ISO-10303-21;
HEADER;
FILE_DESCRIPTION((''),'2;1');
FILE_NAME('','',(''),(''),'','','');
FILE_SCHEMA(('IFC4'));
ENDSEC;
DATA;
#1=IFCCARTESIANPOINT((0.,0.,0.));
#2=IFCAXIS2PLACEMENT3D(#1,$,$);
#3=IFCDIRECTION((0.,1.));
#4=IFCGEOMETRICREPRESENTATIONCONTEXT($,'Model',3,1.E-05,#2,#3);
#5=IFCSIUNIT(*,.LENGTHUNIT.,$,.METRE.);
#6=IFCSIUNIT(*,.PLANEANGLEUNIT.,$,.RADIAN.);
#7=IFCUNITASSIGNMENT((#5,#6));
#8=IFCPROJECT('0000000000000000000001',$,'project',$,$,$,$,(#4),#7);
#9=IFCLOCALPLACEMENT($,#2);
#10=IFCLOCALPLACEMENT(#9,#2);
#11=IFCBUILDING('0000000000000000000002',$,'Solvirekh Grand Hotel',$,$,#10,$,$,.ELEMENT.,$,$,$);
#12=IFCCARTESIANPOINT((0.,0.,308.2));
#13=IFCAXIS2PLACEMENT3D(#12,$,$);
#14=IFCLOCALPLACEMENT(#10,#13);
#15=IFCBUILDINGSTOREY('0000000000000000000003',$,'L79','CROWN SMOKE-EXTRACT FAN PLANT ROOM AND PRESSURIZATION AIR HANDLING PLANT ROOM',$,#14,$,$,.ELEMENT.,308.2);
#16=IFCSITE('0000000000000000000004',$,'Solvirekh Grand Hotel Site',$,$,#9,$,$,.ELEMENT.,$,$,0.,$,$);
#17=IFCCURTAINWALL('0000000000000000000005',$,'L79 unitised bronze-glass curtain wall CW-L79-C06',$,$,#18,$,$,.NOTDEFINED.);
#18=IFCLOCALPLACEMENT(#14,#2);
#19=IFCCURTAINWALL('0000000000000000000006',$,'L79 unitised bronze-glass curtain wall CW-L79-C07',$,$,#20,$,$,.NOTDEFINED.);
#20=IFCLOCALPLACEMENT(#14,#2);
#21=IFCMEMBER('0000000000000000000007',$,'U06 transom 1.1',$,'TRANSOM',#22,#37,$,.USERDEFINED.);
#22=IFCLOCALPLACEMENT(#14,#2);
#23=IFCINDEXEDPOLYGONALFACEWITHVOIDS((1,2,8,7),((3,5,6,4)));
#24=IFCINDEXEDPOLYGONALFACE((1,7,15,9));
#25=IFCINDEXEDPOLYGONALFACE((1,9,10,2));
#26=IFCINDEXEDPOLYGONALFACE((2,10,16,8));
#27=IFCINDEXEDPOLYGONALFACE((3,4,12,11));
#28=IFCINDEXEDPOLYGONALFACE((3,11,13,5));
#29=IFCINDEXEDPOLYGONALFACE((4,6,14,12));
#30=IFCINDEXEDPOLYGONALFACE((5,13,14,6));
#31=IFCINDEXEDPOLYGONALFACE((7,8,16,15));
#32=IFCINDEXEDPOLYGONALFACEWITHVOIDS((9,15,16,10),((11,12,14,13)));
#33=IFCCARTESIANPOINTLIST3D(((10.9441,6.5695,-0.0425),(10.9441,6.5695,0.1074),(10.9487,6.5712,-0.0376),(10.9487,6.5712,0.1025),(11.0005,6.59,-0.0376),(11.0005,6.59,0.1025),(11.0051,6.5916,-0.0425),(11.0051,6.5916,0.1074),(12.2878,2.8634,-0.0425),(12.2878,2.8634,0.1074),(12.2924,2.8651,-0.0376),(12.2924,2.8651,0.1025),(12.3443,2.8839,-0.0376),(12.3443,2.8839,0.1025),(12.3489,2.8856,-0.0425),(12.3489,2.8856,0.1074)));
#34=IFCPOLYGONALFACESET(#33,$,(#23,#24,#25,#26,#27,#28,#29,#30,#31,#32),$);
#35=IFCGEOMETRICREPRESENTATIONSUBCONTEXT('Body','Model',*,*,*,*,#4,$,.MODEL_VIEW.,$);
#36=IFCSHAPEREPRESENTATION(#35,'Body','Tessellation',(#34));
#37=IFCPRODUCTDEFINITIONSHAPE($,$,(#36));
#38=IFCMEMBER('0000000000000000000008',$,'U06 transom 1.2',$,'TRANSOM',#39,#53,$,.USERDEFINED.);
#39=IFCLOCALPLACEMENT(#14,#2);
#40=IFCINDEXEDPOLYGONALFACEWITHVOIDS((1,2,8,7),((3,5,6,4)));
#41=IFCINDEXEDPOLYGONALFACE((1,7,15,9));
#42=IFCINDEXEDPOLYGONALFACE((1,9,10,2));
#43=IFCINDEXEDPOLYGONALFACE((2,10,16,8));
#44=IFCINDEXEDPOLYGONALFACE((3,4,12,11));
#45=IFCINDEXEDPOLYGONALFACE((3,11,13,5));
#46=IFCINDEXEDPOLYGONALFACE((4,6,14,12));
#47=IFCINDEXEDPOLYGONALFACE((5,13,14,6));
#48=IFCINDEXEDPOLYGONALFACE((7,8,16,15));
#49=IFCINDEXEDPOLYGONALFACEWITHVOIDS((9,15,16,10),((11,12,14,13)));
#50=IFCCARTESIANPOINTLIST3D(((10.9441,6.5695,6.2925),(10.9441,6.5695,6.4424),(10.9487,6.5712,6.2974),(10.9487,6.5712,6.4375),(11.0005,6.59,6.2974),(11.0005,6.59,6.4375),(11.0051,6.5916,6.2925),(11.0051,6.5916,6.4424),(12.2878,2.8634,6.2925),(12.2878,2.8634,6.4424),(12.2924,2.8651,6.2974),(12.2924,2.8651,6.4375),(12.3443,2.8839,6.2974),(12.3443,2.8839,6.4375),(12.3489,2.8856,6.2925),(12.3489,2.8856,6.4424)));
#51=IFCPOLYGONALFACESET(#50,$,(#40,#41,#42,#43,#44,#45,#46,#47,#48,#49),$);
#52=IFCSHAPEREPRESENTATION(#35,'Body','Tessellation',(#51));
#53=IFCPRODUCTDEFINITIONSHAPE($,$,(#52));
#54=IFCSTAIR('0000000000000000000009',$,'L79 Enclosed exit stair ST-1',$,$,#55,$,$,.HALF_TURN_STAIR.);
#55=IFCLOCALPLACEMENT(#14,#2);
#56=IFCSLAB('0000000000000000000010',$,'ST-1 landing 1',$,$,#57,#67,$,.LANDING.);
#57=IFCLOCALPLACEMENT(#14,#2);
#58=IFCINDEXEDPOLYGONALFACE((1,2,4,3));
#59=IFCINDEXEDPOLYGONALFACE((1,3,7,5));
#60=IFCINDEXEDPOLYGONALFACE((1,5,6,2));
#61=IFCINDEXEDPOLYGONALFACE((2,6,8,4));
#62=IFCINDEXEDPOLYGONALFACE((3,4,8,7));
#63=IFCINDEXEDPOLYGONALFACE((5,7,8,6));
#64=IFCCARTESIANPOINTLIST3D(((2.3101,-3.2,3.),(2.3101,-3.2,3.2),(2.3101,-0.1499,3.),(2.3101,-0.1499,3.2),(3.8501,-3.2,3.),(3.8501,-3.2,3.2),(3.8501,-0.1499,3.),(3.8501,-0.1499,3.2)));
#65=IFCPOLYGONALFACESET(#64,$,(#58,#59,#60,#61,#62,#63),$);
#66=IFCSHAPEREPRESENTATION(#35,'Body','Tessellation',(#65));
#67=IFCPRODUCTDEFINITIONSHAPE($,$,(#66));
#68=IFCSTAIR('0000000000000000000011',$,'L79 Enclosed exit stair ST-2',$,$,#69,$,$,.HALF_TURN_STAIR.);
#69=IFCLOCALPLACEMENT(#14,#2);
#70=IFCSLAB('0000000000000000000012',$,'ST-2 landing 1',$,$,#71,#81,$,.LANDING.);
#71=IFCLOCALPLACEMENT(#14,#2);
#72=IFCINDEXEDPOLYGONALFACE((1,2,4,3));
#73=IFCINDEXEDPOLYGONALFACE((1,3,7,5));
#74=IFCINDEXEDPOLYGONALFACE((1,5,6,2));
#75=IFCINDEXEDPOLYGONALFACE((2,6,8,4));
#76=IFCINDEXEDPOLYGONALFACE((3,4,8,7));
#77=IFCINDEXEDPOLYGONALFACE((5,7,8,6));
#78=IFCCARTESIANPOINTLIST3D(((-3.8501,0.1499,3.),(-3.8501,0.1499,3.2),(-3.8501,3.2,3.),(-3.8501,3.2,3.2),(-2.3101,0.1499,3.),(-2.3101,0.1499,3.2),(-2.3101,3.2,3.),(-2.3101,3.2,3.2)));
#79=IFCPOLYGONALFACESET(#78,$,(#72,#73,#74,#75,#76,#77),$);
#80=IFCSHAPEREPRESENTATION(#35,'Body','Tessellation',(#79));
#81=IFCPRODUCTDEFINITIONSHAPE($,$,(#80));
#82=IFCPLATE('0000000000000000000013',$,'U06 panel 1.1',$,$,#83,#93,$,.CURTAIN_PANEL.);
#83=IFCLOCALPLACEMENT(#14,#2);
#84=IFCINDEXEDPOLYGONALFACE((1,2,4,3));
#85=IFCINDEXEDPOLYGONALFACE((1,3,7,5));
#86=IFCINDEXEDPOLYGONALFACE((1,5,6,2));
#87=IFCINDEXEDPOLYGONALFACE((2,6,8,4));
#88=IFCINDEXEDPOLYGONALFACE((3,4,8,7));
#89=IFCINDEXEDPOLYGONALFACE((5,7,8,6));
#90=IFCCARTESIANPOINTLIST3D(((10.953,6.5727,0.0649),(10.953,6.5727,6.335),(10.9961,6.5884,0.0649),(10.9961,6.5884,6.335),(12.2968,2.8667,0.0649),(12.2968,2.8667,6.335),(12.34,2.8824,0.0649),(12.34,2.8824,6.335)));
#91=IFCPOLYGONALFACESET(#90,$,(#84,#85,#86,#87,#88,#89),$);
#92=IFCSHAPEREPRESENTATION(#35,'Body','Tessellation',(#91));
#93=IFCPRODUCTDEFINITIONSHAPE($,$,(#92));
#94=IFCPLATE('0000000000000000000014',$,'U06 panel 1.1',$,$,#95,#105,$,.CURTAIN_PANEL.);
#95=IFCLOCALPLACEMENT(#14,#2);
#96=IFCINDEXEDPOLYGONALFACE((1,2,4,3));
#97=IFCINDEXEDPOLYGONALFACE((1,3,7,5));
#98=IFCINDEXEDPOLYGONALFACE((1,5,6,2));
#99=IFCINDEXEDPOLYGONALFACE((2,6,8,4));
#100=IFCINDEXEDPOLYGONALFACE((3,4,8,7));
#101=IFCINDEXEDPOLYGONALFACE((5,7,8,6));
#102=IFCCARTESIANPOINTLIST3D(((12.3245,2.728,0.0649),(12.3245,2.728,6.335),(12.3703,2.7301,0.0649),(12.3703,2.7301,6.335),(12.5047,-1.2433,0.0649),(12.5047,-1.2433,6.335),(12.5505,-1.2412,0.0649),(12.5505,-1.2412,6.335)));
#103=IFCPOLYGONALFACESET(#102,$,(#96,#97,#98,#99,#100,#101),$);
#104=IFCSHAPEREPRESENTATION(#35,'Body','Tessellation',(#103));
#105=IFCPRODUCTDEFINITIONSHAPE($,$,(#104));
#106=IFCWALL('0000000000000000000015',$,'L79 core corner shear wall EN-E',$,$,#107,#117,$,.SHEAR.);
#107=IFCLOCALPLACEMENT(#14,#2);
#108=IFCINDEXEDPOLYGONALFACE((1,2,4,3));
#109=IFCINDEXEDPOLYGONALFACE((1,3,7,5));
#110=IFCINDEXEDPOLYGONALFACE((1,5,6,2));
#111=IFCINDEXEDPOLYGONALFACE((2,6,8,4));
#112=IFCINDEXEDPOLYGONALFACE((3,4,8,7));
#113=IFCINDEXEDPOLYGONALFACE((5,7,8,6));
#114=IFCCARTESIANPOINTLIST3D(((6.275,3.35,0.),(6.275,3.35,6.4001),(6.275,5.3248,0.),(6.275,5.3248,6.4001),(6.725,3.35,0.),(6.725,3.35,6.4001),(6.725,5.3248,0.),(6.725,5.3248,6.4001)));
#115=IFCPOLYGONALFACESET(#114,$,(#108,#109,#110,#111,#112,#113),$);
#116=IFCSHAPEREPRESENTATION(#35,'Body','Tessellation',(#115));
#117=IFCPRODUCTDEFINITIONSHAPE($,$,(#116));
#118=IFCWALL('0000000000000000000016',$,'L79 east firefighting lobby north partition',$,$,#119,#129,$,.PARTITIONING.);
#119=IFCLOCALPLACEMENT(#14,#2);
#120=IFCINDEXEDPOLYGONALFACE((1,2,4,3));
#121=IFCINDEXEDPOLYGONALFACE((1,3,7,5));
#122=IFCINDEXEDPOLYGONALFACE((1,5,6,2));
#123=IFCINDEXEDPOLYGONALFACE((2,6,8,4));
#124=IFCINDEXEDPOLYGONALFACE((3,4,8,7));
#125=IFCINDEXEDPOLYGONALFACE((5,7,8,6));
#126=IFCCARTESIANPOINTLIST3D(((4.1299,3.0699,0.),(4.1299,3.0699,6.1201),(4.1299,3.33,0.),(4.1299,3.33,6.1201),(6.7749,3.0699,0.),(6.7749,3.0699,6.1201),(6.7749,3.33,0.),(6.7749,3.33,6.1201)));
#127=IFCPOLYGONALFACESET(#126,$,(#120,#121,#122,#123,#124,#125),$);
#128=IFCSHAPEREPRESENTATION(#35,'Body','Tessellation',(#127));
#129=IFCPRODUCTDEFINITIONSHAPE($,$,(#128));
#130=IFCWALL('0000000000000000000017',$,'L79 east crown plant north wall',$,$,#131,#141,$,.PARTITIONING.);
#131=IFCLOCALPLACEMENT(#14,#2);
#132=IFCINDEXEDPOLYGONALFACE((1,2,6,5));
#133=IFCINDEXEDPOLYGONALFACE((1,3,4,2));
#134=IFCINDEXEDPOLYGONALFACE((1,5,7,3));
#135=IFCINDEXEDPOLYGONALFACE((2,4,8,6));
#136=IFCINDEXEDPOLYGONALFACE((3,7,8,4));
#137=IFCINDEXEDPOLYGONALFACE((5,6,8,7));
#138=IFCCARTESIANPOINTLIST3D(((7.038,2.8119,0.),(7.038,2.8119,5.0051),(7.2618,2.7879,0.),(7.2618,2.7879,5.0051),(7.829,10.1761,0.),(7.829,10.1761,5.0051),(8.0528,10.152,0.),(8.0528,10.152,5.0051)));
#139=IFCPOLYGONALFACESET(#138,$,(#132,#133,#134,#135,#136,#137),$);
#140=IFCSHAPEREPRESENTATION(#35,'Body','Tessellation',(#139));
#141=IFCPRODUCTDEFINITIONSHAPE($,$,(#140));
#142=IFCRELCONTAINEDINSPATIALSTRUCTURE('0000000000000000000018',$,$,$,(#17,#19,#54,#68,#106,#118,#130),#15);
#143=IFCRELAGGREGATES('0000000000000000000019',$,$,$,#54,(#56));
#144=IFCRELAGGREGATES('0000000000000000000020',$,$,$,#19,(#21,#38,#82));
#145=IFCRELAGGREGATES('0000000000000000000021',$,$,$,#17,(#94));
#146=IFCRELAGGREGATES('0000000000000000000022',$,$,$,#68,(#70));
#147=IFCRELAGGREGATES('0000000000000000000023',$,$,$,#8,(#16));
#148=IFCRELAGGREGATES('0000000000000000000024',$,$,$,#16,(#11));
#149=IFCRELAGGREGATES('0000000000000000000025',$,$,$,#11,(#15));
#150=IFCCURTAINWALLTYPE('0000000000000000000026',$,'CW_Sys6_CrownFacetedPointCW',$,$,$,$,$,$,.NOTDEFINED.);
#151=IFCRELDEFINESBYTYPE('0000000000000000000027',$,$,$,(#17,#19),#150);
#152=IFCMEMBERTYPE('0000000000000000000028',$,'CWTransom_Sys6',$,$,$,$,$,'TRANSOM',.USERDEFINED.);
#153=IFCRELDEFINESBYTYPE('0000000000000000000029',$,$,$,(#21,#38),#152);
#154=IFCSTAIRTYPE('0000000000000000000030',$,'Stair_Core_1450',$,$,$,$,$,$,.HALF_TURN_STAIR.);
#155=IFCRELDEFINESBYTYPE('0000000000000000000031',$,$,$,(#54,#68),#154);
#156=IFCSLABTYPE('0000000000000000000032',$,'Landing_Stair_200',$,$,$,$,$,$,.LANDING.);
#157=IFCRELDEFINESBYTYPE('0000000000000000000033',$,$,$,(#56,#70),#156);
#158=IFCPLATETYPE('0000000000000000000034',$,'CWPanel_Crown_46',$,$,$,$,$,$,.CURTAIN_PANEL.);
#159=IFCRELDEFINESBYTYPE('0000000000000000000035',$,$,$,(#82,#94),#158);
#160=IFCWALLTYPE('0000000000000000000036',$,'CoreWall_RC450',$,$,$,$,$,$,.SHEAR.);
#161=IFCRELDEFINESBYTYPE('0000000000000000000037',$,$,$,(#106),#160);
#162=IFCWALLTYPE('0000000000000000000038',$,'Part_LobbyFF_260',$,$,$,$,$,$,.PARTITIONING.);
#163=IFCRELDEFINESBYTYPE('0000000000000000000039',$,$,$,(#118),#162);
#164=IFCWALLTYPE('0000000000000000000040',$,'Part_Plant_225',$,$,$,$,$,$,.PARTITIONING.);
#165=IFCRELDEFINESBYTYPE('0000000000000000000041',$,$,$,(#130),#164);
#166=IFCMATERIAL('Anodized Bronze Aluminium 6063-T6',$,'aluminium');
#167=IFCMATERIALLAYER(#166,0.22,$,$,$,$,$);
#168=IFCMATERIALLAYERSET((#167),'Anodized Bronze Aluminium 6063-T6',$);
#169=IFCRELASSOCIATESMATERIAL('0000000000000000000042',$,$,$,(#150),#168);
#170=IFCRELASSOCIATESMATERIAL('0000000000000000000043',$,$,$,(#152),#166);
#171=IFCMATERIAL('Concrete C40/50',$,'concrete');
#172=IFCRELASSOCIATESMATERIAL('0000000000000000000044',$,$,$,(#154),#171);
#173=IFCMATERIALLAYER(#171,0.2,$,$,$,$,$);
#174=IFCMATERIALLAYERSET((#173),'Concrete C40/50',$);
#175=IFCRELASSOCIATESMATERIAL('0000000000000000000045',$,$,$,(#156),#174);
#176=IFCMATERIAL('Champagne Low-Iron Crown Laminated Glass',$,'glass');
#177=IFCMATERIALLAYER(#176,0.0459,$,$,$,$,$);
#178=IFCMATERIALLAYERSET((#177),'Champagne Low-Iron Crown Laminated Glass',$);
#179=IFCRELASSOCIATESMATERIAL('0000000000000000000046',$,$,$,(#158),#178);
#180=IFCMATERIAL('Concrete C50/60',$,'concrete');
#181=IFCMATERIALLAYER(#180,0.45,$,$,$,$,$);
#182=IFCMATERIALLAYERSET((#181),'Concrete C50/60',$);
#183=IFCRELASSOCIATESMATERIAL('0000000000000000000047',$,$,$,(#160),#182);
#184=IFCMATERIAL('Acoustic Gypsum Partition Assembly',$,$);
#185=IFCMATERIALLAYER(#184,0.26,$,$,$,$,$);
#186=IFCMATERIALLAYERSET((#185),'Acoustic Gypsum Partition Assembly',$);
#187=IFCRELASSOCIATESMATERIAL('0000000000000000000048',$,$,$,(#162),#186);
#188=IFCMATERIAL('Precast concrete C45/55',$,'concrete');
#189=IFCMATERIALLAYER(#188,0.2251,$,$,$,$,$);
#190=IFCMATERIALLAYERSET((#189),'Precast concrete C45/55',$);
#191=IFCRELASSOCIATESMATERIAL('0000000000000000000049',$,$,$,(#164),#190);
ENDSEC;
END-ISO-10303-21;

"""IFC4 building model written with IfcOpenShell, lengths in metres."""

from ifc_helpers import new_model, si_unit, direction, frame, frame_2d, origin, origin_2d, place, context, subcontext, project, spatial, polyline, rectangle, hollow_rectangle, outline, extrude, source, transform, mapped, material, layer, layer_set, material_profile, profile_set, type_object, element, aggregate, save


model = new_model("IFC4")

# Units and contexts
model_context = context("Model", 3, precision=1e-05, world=origin(), true_north=direction((0.0, 1.0)))
body_context = subcontext(model_context, "Body", "Model", "MODEL_VIEW")
ifc_project = project(units=[si_unit("LENGTHUNIT", "METRE"), si_unit("PLANEANGLEUNIT", "RADIAN")], contexts=[model_context])

# Site, building, storey
site_placement = place(None, origin())
site = spatial("IfcSite", under=ifc_project, at=site_placement, Name="Solvirekh Grand Hotel Site", CompositionType="ELEMENT", RefElevation=0.0)
building_placement = place(site_placement, origin())
building = spatial("IfcBuilding", under=site, at=building_placement, Name="Solvirekh Grand Hotel", CompositionType="ELEMENT")
storey_placement = place(building_placement, frame((0.0, 0.0, 308.2)))
storey = spatial("IfcBuildingStorey", under=building, at=storey_placement, Name="L79", Description="CROWN SMOKE-EXTRACT FAN PLANT ROOM AND PRESSURIZATION AIR HANDLING PLANT ROOM", CompositionType="ELEMENT", Elevation=308.2)

# Curtain wall
ifc_material_1 = material(Name="Anodized Bronze Aluminium 6063-T6", Category="aluminium")
ifc_layer_1 = layer(ifc_material_1, 0.22)
ifc_layer_set_1 = layer_set([ifc_layer_1], Name="Anodized Bronze Aluminium 6063-T6")
curtain_wall_type = type_object("IfcCurtainWallType", Name="CW_Sys6_CrownFacetedPointCW", PredefinedType="NOTDEFINED", material=ifc_layer_set_1)
curtain_wall_1_placement = place(storey_placement, origin())
curtain_wall_1 = element("IfcCurtainWall", 1, at=curtain_wall_1_placement, inside=storey, type_object=curtain_wall_type, Name="L79 unitised bronze-glass curtain wall CW-L79-C06", PredefinedType="NOTDEFINED")

# Curtain wall, members
curtain_wall_2_placement = place(storey_placement, origin())
curtain_wall_2 = element("IfcCurtainWall", 2, at=curtain_wall_2_placement, inside=storey, type_object=curtain_wall_type, Name="L79 unitised bronze-glass curtain wall CW-L79-C07", PredefinedType="NOTDEFINED")
ifc_material_profile_1 = material_profile(ifc_material_1, hollow_rectangle(XDim=0.0649, YDim=0.1499, WallThickness=0.0049, at=origin_2d()), Name="ALU RHS 150X65X5")
ifc_profile_set_1 = profile_set([ifc_material_profile_1], Name="Anodized Bronze Aluminium 6063-T6")
member_type_1 = type_object("IfcMemberType", Name="CWTransom_Sys6", ElementType="TRANSOM", PredefinedType="USERDEFINED", material=ifc_profile_set_1)
shared_shape_1 = source(origin(), body_context, "Body", "SweptSolid", [
    extrude(hollow_rectangle(XDim=0.0649, YDim=0.1499, WallThickness=0.0049, at=origin_2d()), origin(), (0.0, 0.0, 1.0), 3.9421),
])
member_1_placement = place(storey_placement, frame((12.3184, 2.8745, 0.0325), z_axis=(-0.340868, 0.940111, 0.0), x_axis=(-0.940111, -0.340868, 0.0)))
member_1 = element("IfcMember", 3, at=member_1_placement, type_object=member_type_1, Name="U06 transom 1.1", ObjectType="TRANSOM", PredefinedType="USERDEFINED", context=body_context, shape_type="MappedRepresentation", body=[
    mapped(shared_shape_1, transform((0.0, 0.0, 0.0), x_axis=(1.0, 0.0, 0.0), y_axis=(0.0, 1.0, 0.0), z_axis=(0.0, 0.0, 1.0), scale=1.0)),
])
member_2_placement = place(storey_placement, frame((12.3184, 2.8745, 6.3674), z_axis=(-0.340868, 0.940111, 0.0), x_axis=(-0.940111, -0.340868, 0.0)))
member_2 = element("IfcMember", 4, at=member_2_placement, type_object=member_type_1, Name="U06 transom 1.2", ObjectType="TRANSOM", PredefinedType="USERDEFINED", context=body_context, shape_type="MappedRepresentation", body=[
    mapped(shared_shape_1, transform((0.0, 0.0, 0.0), x_axis=(1.0, 0.0, 0.0), y_axis=(0.0, 1.0, 0.0), z_axis=(0.0, 0.0, 1.0), scale=1.0)),
])

# Stairs, slabs
ifc_material_2 = material(Name="Concrete C40/50", Category="concrete")
stair_type = type_object("IfcStairType", Name="Stair_Core_1450", PredefinedType="HALF_TURN_STAIR", material=ifc_material_2)
stair_1_placement = place(storey_placement, origin())
stair_1 = element("IfcStair", 5, at=stair_1_placement, inside=storey, type_object=stair_type, Name="L79 Enclosed exit stair ST-1", PredefinedType="HALF_TURN_STAIR")
ifc_layer_2 = layer(ifc_material_2, 0.2)
ifc_layer_set_2 = layer_set([ifc_layer_2], Name="Concrete C40/50")
slab_type = type_object("IfcSlabType", Name="Landing_Stair_200", PredefinedType="LANDING", material=ifc_layer_set_2)
slab_1_placement = place(storey_placement, frame((0.0, 0.0, 3.0)))
slab_1 = element("IfcSlab", 6, at=slab_1_placement, type_object=slab_type, Name="ST-1 landing 1", PredefinedType="LANDING", context=body_context, shape_type="SweptSolid", body=[
    extrude(outline(polyline([(2.3101, -3.2), (3.8501, -3.2), (3.8501, -0.1499), (2.3101, -0.1499), (2.3101, -3.2)])), origin(), (0.0, 0.0, 1.0), 0.2),
])
aggregate(stair_1, [slab_1])
stair_2_placement = place(storey_placement, origin())
stair_2 = element("IfcStair", 7, at=stair_2_placement, inside=storey, type_object=stair_type, Name="L79 Enclosed exit stair ST-2", PredefinedType="HALF_TURN_STAIR")
slab_2_placement = place(storey_placement, frame((0.0, 0.0, 3.0)))
slab_2 = element("IfcSlab", 8, at=slab_2_placement, type_object=slab_type, Name="ST-2 landing 1", PredefinedType="LANDING", context=body_context, shape_type="SweptSolid", body=[
    extrude(outline(polyline([(-2.3101, 3.2), (-3.8501, 3.2), (-3.8501, 0.1499), (-2.3101, 0.1499), (-2.3101, 3.2)])), origin(), (0.0, 0.0, 1.0), 0.2),
])

# Plates
ifc_material_3 = material(Name="Champagne Low-Iron Crown Laminated Glass", Category="glass")
ifc_layer_3 = layer(ifc_material_3, 0.0459)
ifc_layer_set_3 = layer_set([ifc_layer_3], Name="Champagne Low-Iron Crown Laminated Glass")
plate_type = type_object("IfcPlateType", Name="CWPanel_Crown_46", PredefinedType="CURTAIN_PANEL", material=ifc_layer_set_3)
shared_shape_2 = source(origin(), body_context, "Body", "SweptSolid", [
    extrude(rectangle(XDim=3.9421, YDim=0.0459, at=origin_2d()), origin(), (0.0, 0.0, 1.0), 6.27),
])
plate_1_placement = place(storey_placement, frame((11.6465, 4.7275, 0.0649), z_axis=(0.0, 0.0, 1.0), x_axis=(-0.340899, 0.9401, 0.0)))
plate_1 = element("IfcPlate", 9, at=plate_1_placement, type_object=plate_type, Name="U06 panel 1.1", PredefinedType="CURTAIN_PANEL", context=body_context, shape_type="MappedRepresentation", body=[
    mapped(shared_shape_2, transform((0.0, 0.0, 0.0), x_axis=(1.0, 0.0, 0.0), y_axis=(0.0, 1.0, 0.0), z_axis=(0.0, 0.0, 1.0), scale=1.0)),
])
aggregate(curtain_wall_2, [member_1, member_2, plate_1])
shared_shape_3 = source(origin(), body_context, "Body", "SweptSolid", [
    extrude(rectangle(XDim=3.9753, YDim=0.0459, at=origin_2d()), origin(), (0.0, 0.0, 1.0), 6.27),
])
plate_2_placement = place(storey_placement, frame((12.4375, 0.7434, 0.0649), z_axis=(0.0, 0.0, 1.0), x_axis=(-0.045331, 0.998972, 0.0)))
plate_2 = element("IfcPlate", 10, at=plate_2_placement, type_object=plate_type, Name="U06 panel 1.1", PredefinedType="CURTAIN_PANEL", context=body_context, shape_type="MappedRepresentation", body=[
    mapped(shared_shape_3, transform((0.0, 0.0, 0.0), x_axis=(1.0, 0.0, 0.0), y_axis=(0.0, 1.0, 0.0), z_axis=(0.0, 0.0, 1.0), scale=1.0)),
])
aggregate(curtain_wall_1, [plate_2])

# Walls
ifc_material_4 = material(Name="Concrete C50/60", Category="concrete")
ifc_layer_4 = layer(ifc_material_4, 0.45)
ifc_layer_set_4 = layer_set([ifc_layer_4], Name="Concrete C50/60")
wall_type_1 = type_object("IfcWallType", Name="CoreWall_RC450", PredefinedType="SHEAR", material=ifc_layer_set_4)
wall_1_placement = place(storey_placement, frame((6.5, 3.3501, 0.0), z_axis=(0.0, 0.0, 1.0), x_axis=(0.0, 1.0, 0.0)))
element("IfcWall", 11, at=wall_1_placement, inside=storey, type_object=wall_type_1, Name="L79 core corner shear wall EN-E", PredefinedType="SHEAR", context=body_context, shape_type="SweptSolid", body=[
    extrude(rectangle(XDim=1.9749, YDim=0.45, at=frame_2d((0.9873, 0.0))), origin(), (0.0, 0.0, 1.0), 6.4001),
])
ifc_material_5 = material(Name="Acoustic Gypsum Partition Assembly")
ifc_layer_5 = layer(ifc_material_5, 0.26)
ifc_layer_set_5 = layer_set([ifc_layer_5], Name="Acoustic Gypsum Partition Assembly")
wall_type_2 = type_object("IfcWallType", Name="Part_LobbyFF_260", PredefinedType="PARTITIONING", material=ifc_layer_set_5)
wall_2_placement = place(storey_placement, frame((4.1299, 3.2, 0.0), z_axis=(0.0, 0.0, 1.0), x_axis=(1.0, 0.0, 0.0)))
element("IfcWall", 12, at=wall_2_placement, inside=storey, type_object=wall_type_2, Name="L79 east firefighting lobby north partition", PredefinedType="PARTITIONING", context=body_context, shape_type="SweptSolid", body=[
    extrude(rectangle(XDim=2.645, YDim=0.26, at=frame_2d((1.3225, 0.0))), origin(), (0.0, 0.0, 1.0), 6.1201),
])
ifc_material_6 = material(Name="Precast concrete C45/55", Category="concrete")
ifc_layer_6 = layer(ifc_material_6, 0.2251)
ifc_layer_set_6 = layer_set([ifc_layer_6], Name="Precast concrete C45/55")
wall_type_3 = type_object("IfcWallType", Name="Part_Plant_225", PredefinedType="PARTITIONING", material=ifc_layer_set_6)
wall_3_placement = place(storey_placement, frame((7.1499, 2.8, 0.0), z_axis=(0.0, 0.0, 1.0), x_axis=(0.106802, 0.99428, 0.0)))
element("IfcWall", 13, at=wall_3_placement, inside=storey, type_object=wall_type_3, Name="L79 east crown plant north wall", PredefinedType="PARTITIONING", context=body_context, shape_type="SweptSolid", body=[
    extrude(rectangle(XDim=7.4065, YDim=0.2251, at=frame_2d((3.7031, 0.0))), origin(), (0.0, 0.0, 1.0), 5.0051),
])

aggregate(stair_2, [slab_2])

save(model, "model.ifc")
